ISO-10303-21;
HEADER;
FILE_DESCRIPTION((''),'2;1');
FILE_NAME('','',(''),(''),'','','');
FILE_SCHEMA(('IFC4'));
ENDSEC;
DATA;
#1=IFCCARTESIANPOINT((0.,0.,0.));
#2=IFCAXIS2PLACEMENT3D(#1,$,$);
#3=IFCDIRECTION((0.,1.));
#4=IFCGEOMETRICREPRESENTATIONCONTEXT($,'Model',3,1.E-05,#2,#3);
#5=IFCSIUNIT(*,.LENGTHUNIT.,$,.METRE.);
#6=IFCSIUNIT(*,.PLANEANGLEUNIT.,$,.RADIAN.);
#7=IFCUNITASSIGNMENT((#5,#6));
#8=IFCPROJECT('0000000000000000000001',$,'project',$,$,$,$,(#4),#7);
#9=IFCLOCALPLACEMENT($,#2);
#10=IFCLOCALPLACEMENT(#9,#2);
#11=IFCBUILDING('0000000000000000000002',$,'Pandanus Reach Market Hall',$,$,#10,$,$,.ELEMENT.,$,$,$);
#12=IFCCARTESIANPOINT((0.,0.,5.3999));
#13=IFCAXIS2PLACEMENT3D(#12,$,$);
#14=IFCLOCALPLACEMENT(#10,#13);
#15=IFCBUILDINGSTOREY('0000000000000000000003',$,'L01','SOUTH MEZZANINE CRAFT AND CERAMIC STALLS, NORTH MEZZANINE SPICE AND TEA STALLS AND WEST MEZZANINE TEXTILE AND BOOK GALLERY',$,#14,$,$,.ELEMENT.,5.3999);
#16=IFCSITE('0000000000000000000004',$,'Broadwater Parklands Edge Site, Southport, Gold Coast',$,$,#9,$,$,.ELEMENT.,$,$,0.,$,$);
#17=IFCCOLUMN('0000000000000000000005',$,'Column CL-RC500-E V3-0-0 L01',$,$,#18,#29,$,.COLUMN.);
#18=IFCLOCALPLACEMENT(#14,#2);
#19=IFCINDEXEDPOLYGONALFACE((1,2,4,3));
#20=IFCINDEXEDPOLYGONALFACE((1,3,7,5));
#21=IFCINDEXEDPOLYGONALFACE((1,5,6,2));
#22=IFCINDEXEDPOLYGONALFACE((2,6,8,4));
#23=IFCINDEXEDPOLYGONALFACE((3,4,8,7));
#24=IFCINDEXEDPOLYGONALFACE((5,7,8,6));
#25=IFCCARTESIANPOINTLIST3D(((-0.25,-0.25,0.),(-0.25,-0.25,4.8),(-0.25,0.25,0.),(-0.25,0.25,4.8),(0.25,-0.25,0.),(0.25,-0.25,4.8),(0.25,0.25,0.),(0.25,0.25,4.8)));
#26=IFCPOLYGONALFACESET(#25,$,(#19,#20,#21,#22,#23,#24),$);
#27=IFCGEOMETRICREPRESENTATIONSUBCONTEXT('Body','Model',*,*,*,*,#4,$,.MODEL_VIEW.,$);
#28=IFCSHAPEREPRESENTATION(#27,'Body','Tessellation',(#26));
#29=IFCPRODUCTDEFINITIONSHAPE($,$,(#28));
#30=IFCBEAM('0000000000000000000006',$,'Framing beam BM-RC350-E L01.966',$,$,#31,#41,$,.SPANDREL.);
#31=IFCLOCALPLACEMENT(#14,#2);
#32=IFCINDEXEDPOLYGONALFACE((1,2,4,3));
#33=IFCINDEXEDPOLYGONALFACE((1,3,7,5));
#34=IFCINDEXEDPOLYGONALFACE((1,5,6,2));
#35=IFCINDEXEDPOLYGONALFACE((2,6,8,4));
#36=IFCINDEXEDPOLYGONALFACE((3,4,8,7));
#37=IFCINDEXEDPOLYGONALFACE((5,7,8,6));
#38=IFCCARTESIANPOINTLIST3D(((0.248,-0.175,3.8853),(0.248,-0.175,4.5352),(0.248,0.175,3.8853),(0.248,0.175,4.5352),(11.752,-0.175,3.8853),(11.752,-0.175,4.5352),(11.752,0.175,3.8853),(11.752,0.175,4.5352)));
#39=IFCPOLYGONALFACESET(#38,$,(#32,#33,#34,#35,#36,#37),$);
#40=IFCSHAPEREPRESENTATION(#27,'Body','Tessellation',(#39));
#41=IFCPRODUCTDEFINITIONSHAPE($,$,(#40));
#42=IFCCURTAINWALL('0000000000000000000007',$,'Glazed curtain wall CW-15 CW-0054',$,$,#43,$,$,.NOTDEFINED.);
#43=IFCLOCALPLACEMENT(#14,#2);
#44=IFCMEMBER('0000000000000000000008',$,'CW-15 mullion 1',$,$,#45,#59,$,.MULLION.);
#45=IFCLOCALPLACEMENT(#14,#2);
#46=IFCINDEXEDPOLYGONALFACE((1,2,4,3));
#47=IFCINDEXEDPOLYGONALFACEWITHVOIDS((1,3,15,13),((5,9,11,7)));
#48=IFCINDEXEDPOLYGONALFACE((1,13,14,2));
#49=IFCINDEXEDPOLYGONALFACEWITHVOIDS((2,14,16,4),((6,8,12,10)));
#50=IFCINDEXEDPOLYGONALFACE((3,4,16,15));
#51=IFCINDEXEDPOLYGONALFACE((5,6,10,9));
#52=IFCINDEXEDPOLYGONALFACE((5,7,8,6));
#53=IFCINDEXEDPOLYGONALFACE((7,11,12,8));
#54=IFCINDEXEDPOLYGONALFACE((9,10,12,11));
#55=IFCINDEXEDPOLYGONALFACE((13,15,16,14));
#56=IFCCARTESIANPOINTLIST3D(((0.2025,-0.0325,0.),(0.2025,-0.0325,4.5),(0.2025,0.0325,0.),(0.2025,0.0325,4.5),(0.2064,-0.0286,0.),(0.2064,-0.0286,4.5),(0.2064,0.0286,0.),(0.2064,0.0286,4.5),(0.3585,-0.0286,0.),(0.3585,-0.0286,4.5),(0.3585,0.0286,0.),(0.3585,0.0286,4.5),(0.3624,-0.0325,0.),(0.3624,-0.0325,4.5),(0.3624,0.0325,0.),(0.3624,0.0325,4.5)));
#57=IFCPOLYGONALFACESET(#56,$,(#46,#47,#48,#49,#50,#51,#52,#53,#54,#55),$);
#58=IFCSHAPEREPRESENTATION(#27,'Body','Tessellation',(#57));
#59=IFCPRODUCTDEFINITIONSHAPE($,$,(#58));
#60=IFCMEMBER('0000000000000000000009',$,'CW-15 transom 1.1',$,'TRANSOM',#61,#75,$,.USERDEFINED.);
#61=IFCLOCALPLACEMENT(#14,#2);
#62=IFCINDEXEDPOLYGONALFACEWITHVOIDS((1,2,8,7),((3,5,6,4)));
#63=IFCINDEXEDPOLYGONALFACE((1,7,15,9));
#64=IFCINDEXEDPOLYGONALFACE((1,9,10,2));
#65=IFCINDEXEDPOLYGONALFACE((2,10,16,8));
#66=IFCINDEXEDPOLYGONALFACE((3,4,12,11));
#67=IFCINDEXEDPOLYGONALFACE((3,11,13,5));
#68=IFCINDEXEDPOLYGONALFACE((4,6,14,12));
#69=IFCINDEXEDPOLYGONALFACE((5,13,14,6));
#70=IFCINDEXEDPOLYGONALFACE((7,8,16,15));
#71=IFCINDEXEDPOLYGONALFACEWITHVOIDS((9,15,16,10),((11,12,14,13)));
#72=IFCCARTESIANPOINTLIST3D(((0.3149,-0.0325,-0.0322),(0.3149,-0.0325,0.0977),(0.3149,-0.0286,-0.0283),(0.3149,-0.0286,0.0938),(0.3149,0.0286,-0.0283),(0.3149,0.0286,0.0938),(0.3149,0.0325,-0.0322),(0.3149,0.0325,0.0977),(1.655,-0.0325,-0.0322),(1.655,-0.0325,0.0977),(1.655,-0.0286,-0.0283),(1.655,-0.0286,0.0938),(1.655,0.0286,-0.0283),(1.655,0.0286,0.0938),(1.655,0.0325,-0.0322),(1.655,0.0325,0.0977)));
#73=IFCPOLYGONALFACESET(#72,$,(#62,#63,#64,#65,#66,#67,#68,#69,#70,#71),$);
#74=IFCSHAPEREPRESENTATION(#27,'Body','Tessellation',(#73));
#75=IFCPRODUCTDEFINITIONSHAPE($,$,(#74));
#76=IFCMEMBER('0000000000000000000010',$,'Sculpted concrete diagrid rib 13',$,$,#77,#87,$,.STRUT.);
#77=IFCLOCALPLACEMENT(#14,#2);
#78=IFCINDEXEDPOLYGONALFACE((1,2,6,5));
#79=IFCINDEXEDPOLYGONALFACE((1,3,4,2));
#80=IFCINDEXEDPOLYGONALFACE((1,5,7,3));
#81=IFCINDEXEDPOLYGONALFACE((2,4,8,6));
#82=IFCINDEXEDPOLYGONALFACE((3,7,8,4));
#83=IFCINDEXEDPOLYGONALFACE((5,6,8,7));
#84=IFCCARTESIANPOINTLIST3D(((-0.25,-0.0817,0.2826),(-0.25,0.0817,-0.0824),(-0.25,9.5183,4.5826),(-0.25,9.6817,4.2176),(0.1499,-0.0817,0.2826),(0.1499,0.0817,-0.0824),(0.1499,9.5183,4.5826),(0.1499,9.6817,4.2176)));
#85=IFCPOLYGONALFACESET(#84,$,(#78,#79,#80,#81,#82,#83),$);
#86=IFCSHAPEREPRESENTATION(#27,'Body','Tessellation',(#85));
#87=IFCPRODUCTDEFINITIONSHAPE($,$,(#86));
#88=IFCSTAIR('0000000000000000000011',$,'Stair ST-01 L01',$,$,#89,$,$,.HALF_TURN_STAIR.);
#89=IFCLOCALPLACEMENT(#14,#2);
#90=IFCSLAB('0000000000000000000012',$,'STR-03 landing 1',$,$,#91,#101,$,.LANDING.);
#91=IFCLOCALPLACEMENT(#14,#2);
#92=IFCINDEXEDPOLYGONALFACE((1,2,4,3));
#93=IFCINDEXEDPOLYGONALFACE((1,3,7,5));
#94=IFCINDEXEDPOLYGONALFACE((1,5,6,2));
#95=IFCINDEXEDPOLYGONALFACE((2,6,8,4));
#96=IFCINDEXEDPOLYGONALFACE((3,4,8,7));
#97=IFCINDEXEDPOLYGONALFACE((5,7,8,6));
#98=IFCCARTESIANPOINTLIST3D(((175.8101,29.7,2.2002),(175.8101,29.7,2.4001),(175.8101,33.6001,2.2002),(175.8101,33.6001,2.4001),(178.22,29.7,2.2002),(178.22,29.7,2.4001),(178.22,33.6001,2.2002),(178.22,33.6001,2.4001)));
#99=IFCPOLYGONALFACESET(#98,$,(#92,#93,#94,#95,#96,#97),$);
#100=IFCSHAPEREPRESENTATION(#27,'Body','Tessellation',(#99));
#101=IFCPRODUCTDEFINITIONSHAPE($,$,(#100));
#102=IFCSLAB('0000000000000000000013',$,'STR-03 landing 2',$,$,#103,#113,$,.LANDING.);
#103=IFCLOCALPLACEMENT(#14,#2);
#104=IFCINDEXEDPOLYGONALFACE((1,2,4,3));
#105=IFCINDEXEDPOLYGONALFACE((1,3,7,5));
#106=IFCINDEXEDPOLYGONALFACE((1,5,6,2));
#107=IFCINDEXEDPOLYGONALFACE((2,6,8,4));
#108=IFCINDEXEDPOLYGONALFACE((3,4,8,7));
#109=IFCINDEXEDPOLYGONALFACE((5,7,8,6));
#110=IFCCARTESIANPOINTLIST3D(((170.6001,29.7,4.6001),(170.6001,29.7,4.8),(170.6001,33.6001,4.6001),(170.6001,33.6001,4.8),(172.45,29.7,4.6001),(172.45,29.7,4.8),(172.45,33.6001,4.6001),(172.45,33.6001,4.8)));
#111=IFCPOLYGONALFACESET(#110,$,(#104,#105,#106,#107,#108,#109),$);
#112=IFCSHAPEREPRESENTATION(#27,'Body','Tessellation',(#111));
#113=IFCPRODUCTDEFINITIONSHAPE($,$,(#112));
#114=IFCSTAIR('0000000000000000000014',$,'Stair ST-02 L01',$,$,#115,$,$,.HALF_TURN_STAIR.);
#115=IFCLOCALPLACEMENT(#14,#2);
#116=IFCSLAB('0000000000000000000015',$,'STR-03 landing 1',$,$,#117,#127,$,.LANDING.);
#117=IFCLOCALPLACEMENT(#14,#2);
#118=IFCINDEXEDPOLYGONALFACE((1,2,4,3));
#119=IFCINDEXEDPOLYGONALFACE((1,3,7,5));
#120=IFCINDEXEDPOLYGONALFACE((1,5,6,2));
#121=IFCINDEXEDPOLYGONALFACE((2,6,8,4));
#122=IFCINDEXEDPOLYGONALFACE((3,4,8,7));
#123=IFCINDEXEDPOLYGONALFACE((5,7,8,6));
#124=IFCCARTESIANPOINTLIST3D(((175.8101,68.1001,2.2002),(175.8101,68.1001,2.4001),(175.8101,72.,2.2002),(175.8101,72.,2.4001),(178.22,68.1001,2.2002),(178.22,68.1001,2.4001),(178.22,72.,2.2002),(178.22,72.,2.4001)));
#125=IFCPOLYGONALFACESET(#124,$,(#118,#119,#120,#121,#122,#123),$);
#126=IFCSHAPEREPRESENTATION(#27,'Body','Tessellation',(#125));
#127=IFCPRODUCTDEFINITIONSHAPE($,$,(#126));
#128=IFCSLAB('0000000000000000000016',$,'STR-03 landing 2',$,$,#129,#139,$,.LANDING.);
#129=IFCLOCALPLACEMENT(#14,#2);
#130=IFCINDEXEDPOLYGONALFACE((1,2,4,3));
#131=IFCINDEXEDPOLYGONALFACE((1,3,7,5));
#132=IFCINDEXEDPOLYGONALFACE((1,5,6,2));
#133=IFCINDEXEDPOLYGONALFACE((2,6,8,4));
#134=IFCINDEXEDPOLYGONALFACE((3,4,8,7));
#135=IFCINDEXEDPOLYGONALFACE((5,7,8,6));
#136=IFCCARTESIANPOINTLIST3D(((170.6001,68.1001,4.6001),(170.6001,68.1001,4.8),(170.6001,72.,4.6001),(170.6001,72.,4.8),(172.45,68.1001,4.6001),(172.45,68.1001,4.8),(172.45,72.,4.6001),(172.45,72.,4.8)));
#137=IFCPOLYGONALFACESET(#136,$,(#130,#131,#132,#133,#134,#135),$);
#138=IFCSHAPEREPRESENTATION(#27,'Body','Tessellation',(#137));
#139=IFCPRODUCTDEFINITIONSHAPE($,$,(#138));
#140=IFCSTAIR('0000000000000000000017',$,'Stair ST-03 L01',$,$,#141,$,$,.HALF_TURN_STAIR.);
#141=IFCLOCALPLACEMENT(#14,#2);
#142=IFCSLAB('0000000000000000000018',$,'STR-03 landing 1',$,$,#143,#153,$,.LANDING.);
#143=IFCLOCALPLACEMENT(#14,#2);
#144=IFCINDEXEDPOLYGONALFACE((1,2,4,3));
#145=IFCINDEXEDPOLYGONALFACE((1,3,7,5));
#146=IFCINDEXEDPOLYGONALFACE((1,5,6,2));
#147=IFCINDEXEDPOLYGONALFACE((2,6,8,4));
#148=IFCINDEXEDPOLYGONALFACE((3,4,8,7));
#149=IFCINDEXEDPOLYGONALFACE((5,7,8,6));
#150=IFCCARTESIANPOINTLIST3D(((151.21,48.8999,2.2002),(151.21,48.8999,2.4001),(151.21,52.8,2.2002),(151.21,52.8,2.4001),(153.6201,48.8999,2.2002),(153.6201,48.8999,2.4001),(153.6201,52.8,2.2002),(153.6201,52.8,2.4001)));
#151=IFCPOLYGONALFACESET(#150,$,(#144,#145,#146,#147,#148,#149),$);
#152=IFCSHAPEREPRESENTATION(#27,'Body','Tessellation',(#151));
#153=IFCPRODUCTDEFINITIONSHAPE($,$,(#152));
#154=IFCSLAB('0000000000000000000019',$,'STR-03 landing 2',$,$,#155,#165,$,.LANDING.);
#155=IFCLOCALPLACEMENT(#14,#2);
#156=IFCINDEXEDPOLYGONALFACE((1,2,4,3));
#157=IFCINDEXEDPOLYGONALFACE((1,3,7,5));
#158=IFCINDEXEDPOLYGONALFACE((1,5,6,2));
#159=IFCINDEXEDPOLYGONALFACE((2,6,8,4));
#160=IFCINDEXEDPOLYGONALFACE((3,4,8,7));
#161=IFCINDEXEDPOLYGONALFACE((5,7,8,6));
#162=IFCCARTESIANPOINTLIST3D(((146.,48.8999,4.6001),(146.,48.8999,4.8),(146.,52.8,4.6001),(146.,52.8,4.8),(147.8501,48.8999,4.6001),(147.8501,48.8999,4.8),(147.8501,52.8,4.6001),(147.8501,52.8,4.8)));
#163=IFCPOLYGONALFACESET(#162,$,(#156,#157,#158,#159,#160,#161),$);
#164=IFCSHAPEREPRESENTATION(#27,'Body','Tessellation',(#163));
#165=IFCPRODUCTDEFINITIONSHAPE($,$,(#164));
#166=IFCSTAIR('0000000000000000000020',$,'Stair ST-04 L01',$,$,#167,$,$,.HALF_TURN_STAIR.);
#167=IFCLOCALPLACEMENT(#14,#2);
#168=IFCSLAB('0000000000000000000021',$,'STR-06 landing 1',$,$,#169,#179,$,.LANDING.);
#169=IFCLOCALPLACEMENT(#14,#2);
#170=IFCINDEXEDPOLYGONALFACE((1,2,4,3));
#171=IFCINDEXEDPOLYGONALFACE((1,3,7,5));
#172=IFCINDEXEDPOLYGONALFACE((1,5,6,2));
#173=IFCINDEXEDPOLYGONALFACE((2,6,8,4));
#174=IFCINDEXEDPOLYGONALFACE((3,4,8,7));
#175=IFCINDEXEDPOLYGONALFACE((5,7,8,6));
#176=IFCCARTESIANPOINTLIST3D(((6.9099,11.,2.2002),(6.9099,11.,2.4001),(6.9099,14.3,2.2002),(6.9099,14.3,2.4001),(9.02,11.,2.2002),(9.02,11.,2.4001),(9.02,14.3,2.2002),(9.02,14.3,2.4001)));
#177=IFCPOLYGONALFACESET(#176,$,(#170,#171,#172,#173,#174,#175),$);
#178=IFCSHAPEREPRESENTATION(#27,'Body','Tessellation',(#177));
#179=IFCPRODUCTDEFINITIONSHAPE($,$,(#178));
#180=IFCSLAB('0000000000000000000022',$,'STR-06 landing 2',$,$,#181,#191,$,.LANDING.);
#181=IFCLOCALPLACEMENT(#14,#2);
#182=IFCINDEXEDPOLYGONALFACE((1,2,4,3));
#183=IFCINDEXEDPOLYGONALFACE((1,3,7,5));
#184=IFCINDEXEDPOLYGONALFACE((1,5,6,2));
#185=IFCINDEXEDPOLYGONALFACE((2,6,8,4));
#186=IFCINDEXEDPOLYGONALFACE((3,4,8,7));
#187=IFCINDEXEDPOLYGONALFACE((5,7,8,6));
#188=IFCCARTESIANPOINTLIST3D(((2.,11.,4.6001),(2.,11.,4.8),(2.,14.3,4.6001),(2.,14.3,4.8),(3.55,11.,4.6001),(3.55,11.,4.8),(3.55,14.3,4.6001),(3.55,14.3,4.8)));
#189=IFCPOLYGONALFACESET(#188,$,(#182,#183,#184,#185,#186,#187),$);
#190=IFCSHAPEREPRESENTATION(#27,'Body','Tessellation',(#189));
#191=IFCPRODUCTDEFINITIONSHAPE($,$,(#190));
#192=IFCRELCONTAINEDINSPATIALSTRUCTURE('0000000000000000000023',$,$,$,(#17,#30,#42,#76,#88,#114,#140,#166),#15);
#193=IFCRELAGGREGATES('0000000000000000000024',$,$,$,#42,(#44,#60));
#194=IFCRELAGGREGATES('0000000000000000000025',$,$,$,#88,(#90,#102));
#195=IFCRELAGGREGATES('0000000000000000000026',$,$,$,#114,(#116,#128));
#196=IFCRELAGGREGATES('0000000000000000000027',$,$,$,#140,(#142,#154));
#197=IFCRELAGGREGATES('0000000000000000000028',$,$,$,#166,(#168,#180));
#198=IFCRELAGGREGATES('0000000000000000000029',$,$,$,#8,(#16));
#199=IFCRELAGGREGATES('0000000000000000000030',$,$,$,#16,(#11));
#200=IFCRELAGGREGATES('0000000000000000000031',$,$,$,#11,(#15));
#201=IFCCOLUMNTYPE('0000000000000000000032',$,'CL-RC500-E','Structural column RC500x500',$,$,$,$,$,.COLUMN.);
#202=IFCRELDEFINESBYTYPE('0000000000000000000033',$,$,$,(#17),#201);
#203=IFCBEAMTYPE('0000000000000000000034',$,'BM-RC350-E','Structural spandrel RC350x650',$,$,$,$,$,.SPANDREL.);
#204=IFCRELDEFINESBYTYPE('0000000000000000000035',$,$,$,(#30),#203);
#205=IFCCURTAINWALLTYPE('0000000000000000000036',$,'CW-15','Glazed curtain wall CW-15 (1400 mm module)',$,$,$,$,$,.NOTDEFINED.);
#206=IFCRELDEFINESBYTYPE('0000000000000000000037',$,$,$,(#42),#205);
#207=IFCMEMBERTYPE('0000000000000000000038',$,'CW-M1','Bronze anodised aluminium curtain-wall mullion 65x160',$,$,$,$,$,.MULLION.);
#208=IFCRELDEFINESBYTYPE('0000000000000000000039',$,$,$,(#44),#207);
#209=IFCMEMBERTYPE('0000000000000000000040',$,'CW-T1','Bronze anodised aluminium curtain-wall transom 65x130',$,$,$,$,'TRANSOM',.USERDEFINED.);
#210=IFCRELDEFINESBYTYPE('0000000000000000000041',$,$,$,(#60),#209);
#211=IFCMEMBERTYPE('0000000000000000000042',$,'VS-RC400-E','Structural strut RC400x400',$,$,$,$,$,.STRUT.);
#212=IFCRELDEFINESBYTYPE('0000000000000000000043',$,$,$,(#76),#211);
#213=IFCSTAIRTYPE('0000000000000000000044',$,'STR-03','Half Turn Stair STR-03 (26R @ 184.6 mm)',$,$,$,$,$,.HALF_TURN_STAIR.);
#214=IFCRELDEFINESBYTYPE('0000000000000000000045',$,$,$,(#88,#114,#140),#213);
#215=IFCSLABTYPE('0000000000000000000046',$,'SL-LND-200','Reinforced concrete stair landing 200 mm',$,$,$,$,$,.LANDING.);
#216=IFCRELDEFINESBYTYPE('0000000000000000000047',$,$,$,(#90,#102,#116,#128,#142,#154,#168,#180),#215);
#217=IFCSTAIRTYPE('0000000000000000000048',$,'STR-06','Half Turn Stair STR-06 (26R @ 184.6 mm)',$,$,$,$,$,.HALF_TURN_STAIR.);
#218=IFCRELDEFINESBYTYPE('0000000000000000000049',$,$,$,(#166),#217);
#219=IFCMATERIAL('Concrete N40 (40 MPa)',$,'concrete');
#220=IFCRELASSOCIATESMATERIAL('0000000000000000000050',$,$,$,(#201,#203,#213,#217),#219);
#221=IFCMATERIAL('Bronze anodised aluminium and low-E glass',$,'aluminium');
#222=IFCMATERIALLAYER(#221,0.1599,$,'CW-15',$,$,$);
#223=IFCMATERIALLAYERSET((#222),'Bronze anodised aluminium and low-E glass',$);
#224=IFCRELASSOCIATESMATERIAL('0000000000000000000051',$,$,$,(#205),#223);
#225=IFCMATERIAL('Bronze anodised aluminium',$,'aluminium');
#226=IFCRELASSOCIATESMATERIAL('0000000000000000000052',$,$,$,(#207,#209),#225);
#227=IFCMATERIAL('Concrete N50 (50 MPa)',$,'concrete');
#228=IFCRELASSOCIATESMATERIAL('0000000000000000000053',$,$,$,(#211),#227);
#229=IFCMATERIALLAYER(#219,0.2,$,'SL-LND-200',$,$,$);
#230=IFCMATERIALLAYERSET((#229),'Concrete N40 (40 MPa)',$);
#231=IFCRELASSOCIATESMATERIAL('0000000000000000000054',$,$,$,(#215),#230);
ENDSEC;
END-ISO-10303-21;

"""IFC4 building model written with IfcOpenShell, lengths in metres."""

from ifc_helpers import new_model, si_unit, direction, frame, origin, origin_with_axes, origin_2d, place, context, subcontext, project, spatial, polyline, rectangle, hollow_rectangle, outline, extrude, material, layer, layer_set, material_profile, profile_set, type_object, element, aggregate, save


model = new_model("IFC4")

# Units and contexts
model_context = context("Model", 3, precision=1e-05, world=origin(), true_north=direction((0.0, 1.0)))
body_context = subcontext(model_context, "Body", "Model", "MODEL_VIEW")
ifc_project = project(units=[si_unit("LENGTHUNIT", "METRE"), si_unit("PLANEANGLEUNIT", "RADIAN")], contexts=[model_context])

# Site, building, storey
site_placement = place(None, origin())
site = spatial("IfcSite", under=ifc_project, at=site_placement, Name="Broadwater Parklands Edge Site, Southport, Gold Coast", CompositionType="ELEMENT", RefElevation=0.0)
building_placement = place(site_placement, origin())
building = spatial("IfcBuilding", under=site, at=building_placement, Name="Pandanus Reach Market Hall", CompositionType="ELEMENT")
storey_placement = place(building_placement, frame((0.0, 0.0, 5.3999)))
storey = spatial("IfcBuildingStorey", under=building, at=storey_placement, Name="L01", Description="SOUTH MEZZANINE CRAFT AND CERAMIC STALLS, NORTH MEZZANINE SPICE AND TEA STALLS AND WEST MEZZANINE TEXTILE AND BOOK GALLERY", CompositionType="ELEMENT", Elevation=5.3999)

# Column
ifc_material_1 = material(Name="Concrete N40 (40 MPa)", Category="concrete")
ifc_material_profile_1 = material_profile(ifc_material_1, rectangle(XDim=0.5, YDim=0.5, at=origin_2d()), Name="RC500x500", Category="LoadBearing")
ifc_profile_set_1 = profile_set([ifc_material_profile_1], Name="Concrete N40 (40 MPa)")
column_type = type_object("IfcColumnType", Name="CL-RC500-E", Description="Structural column RC500x500", PredefinedType="COLUMN", material=ifc_profile_set_1)
column_placement = place(storey_placement, origin_with_axes())
element("IfcColumn", 1, at=column_placement, inside=storey, type_object=column_type, Name="Column CL-RC500-E V3-0-0 L01", PredefinedType="COLUMN", context=body_context, shape_type="SweptSolid", body=[
    extrude(rectangle(XDim=0.5, YDim=0.5, at=origin_2d()), origin(), (0.0, 0.0, 1.0), 4.8),
])

# Beam
ifc_material_profile_2 = material_profile(ifc_material_1, rectangle(XDim=0.3501, YDim=0.6499, at=origin_2d()), Name="RC350x650", Category="LoadBearing")
ifc_profile_set_2 = profile_set([ifc_material_profile_2], Name="Concrete N40 (40 MPa)")
beam_type = type_object("IfcBeamType", Name="BM-RC350-E", Description="Structural spandrel RC350x650", PredefinedType="SPANDREL", material=ifc_profile_set_2)
beam_placement = place(storey_placement, frame((0.248, 0.0, 4.2102), z_axis=(1.0, 0.0, 0.0), x_axis=(0.0, 1.0, 0.0)))
element("IfcBeam", 2, at=beam_placement, inside=storey, type_object=beam_type, Name="Framing beam BM-RC350-E L01.966", PredefinedType="SPANDREL", context=body_context, shape_type="SweptSolid", body=[
    extrude(rectangle(XDim=0.3501, YDim=0.6499, at=origin_2d()), origin(), (0.0, 0.0, 1.0), 11.5039),
])

# Curtain wall, members
ifc_material_2 = material(Name="Bronze anodised aluminium and low-E glass", Category="aluminium")
ifc_layer_1 = layer(ifc_material_2, 0.1599, Name="CW-15")
ifc_layer_set_1 = layer_set([ifc_layer_1], Name="Bronze anodised aluminium and low-E glass")
curtain_wall_type = type_object("IfcCurtainWallType", Name="CW-15", Description="Glazed curtain wall CW-15 (1400 mm module)", PredefinedType="NOTDEFINED", material=ifc_layer_set_1)
curtain_wall_placement = place(storey_placement, origin())
curtain_wall = element("IfcCurtainWall", 3, at=curtain_wall_placement, inside=storey, type_object=curtain_wall_type, Name="Glazed curtain wall CW-15 CW-0054", PredefinedType="NOTDEFINED")
ifc_material_3 = material(Name="Bronze anodised aluminium", Category="aluminium")
ifc_material_profile_3 = material_profile(ifc_material_3, hollow_rectangle(XDim=0.0649, YDim=0.1599, WallThickness=0.0039, at=origin_2d()), Name="ALU65x160", Category="LoadBearing")
ifc_profile_set_3 = profile_set([ifc_material_profile_3], Name="Bronze anodised aluminium")
member_type_1 = type_object("IfcMemberType", Name="CW-M1", Description="Bronze anodised aluminium curtain-wall mullion 65x160", PredefinedType="MULLION", material=ifc_profile_set_3)
member_1_placement = place(storey_placement, frame((0.2825, 0.0, 0.0), z_axis=(0.0, 0.0, 1.0), x_axis=(0.0, 1.0, 0.0)))
member_1 = element("IfcMember", 4, at=member_1_placement, type_object=member_type_1, Name="CW-15 mullion 1", PredefinedType="MULLION", context=body_context, shape_type="SweptSolid", body=[
    extrude(hollow_rectangle(XDim=0.0649, YDim=0.1599, WallThickness=0.0039, at=origin_2d()), origin(), (0.0, 0.0, 1.0), 4.5),
])
ifc_material_profile_4 = material_profile(ifc_material_3, hollow_rectangle(XDim=0.0649, YDim=0.1299, WallThickness=0.0039, at=origin_2d()), Name="ALU65x130", Category="LoadBearing")
ifc_profile_set_4 = profile_set([ifc_material_profile_4], Name="Bronze anodised aluminium")
member_type_2 = type_object("IfcMemberType", Name="CW-T1", Description="Bronze anodised aluminium curtain-wall transom 65x130", ElementType="TRANSOM", PredefinedType="USERDEFINED", material=ifc_profile_set_4)
member_2_placement = place(storey_placement, frame((0.3149, 0.0, 0.0327), z_axis=(1.0, 0.0, 0.0), x_axis=(0.0, 1.0, 0.0)))
member_2 = element("IfcMember", 5, at=member_2_placement, type_object=member_type_2, Name="CW-15 transom 1.1", ObjectType="TRANSOM", PredefinedType="USERDEFINED", context=body_context, shape_type="SweptSolid", body=[
    extrude(hollow_rectangle(XDim=0.0649, YDim=0.1299, WallThickness=0.0039, at=origin_2d()), origin(), (0.0, 0.0, 1.0), 1.3401),
])
aggregate(curtain_wall, [member_1, member_2])

# Member
ifc_material_4 = material(Name="Concrete N50 (50 MPa)", Category="concrete")
ifc_material_profile_5 = material_profile(ifc_material_4, rectangle(XDim=0.3999, YDim=0.3999, at=origin_2d()), Name="RC400x400", Category="LoadBearing")
ifc_profile_set_5 = profile_set([ifc_material_profile_5], Name="Concrete N50 (50 MPa)")
member_type_3 = type_object("IfcMemberType", Name="VS-RC400-E", Description="Structural strut RC400x400", PredefinedType="STRUT", material=ifc_profile_set_5)
member_3_placement = place(storey_placement, frame((-0.05, 0.0, 0.1001), z_axis=(0.0, 0.912631, 0.408783), x_axis=(-1.0, 0.0, 0.0)))
element("IfcMember", 6, at=member_3_placement, inside=storey, type_object=member_type_3, Name="Sculpted concrete diagrid rib 13", PredefinedType="STRUT", context=body_context, shape_type="SweptSolid", body=[
    extrude(rectangle(XDim=0.3999, YDim=0.3999, at=origin_2d()), origin(), (0.0, 0.0, 1.0), 10.519),
])

# Stairs, slabs
stair_type_1 = type_object("IfcStairType", Name="STR-03", Description="Half Turn Stair STR-03 (26R @ 184.6 mm)", PredefinedType="HALF_TURN_STAIR", material=ifc_material_1)
stair_1_placement = place(storey_placement, origin())
stair_1 = element("IfcStair", 7, at=stair_1_placement, inside=storey, type_object=stair_type_1, Name="Stair ST-01 L01", PredefinedType="HALF_TURN_STAIR")
ifc_layer_2 = layer(ifc_material_1, 0.2, Name="SL-LND-200")
ifc_layer_set_2 = layer_set([ifc_layer_2], Name="Concrete N40 (40 MPa)")
slab_type = type_object("IfcSlabType", Name="SL-LND-200", Description="Reinforced concrete stair landing 200 mm", PredefinedType="LANDING", material=ifc_layer_set_2)
slab_1_placement = place(storey_placement, frame((0.0, 0.0, 2.2002)))
slab_1 = element("IfcSlab", 8, at=slab_1_placement, type_object=slab_type, Name="STR-03 landing 1", PredefinedType="LANDING", context=body_context, shape_type="SweptSolid", body=[
    extrude(outline(polyline([(175.8101, 29.7), (178.22, 29.7), (178.22, 33.6001), (175.8101, 33.6001), (175.8101, 29.7)])), origin(), (0.0, 0.0, 1.0), 0.2),
])
slab_2_placement = place(storey_placement, frame((0.0, 0.0, 4.6001)))
slab_2 = element("IfcSlab", 9, at=slab_2_placement, type_object=slab_type, Name="STR-03 landing 2", PredefinedType="LANDING", context=body_context, shape_type="SweptSolid", body=[
    extrude(outline(polyline([(170.6001, 29.7), (172.45, 29.7), (172.45, 33.6001), (170.6001, 33.6001), (170.6001, 29.7)])), origin(), (0.0, 0.0, 1.0), 0.2),
])
aggregate(stair_1, [slab_1, slab_2])
stair_2_placement = place(storey_placement, origin())
stair_2 = element("IfcStair", 10, at=stair_2_placement, inside=storey, type_object=stair_type_1, Name="Stair ST-02 L01", PredefinedType="HALF_TURN_STAIR")
slab_3_placement = place(storey_placement, frame((0.0, 0.0, 2.2002)))
slab_3 = element("IfcSlab", 11, at=slab_3_placement, type_object=slab_type, Name="STR-03 landing 1", PredefinedType="LANDING", context=body_context, shape_type="SweptSolid", body=[
    extrude(outline(polyline([(175.8101, 68.1001), (178.22, 68.1001), (178.22, 72.0), (175.8101, 72.0), (175.8101, 68.1001)])), origin(), (0.0, 0.0, 1.0), 0.2),
])
slab_4_placement = place(storey_placement, frame((0.0, 0.0, 4.6001)))
slab_4 = element("IfcSlab", 12, at=slab_4_placement, type_object=slab_type, Name="STR-03 landing 2", PredefinedType="LANDING", context=body_context, shape_type="SweptSolid", body=[
    extrude(outline(polyline([(170.6001, 68.1001), (172.45, 68.1001), (172.45, 72.0), (170.6001, 72.0), (170.6001, 68.1001)])), origin(), (0.0, 0.0, 1.0), 0.2),
])
aggregate(stair_2, [slab_3, slab_4])
stair_3_placement = place(storey_placement, origin())
stair_3 = element("IfcStair", 13, at=stair_3_placement, inside=storey, type_object=stair_type_1, Name="Stair ST-03 L01", PredefinedType="HALF_TURN_STAIR")
slab_5_placement = place(storey_placement, frame((0.0, 0.0, 2.2002)))
slab_5 = element("IfcSlab", 14, at=slab_5_placement, type_object=slab_type, Name="STR-03 landing 1", PredefinedType="LANDING", context=body_context, shape_type="SweptSolid", body=[
    extrude(outline(polyline([(151.21, 48.8999), (153.6201, 48.8999), (153.6201, 52.8), (151.21, 52.8), (151.21, 48.8999)])), origin(), (0.0, 0.0, 1.0), 0.2),
])
slab_6_placement = place(storey_placement, frame((0.0, 0.0, 4.6001)))
slab_6 = element("IfcSlab", 15, at=slab_6_placement, type_object=slab_type, Name="STR-03 landing 2", PredefinedType="LANDING", context=body_context, shape_type="SweptSolid", body=[
    extrude(outline(polyline([(146.0, 48.8999), (147.8501, 48.8999), (147.8501, 52.8), (146.0, 52.8), (146.0, 48.8999)])), origin(), (0.0, 0.0, 1.0), 0.2),
])
aggregate(stair_3, [slab_5, slab_6])
stair_type_2 = type_object("IfcStairType", Name="STR-06", Description="Half Turn Stair STR-06 (26R @ 184.6 mm)", PredefinedType="HALF_TURN_STAIR", material=ifc_material_1)
stair_4_placement = place(storey_placement, origin())
stair_4 = element("IfcStair", 16, at=stair_4_placement, inside=storey, type_object=stair_type_2, Name="Stair ST-04 L01", PredefinedType="HALF_TURN_STAIR")
slab_7_placement = place(storey_placement, frame((0.0, 0.0, 2.2002)))
slab_7 = element("IfcSlab", 17, at=slab_7_placement, type_object=slab_type, Name="STR-06 landing 1", PredefinedType="LANDING", context=body_context, shape_type="SweptSolid", body=[
    extrude(outline(polyline([(6.9099, 11.0), (9.02, 11.0), (9.02, 14.3), (6.9099, 14.3), (6.9099, 11.0)])), origin(), (0.0, 0.0, 1.0), 0.2),
])
slab_8_placement = place(storey_placement, frame((0.0, 0.0, 4.6001)))
slab_8 = element("IfcSlab", 18, at=slab_8_placement, type_object=slab_type, Name="STR-06 landing 2", PredefinedType="LANDING", context=body_context, shape_type="SweptSolid", body=[
    extrude(outline(polyline([(2.0, 11.0), (3.55, 11.0), (3.55, 14.3), (2.0, 14.3), (2.0, 11.0)])), origin(), (0.0, 0.0, 1.0), 0.2),
])
aggregate(stair_4, [slab_7, slab_8])

save(model, "model.ifc")
